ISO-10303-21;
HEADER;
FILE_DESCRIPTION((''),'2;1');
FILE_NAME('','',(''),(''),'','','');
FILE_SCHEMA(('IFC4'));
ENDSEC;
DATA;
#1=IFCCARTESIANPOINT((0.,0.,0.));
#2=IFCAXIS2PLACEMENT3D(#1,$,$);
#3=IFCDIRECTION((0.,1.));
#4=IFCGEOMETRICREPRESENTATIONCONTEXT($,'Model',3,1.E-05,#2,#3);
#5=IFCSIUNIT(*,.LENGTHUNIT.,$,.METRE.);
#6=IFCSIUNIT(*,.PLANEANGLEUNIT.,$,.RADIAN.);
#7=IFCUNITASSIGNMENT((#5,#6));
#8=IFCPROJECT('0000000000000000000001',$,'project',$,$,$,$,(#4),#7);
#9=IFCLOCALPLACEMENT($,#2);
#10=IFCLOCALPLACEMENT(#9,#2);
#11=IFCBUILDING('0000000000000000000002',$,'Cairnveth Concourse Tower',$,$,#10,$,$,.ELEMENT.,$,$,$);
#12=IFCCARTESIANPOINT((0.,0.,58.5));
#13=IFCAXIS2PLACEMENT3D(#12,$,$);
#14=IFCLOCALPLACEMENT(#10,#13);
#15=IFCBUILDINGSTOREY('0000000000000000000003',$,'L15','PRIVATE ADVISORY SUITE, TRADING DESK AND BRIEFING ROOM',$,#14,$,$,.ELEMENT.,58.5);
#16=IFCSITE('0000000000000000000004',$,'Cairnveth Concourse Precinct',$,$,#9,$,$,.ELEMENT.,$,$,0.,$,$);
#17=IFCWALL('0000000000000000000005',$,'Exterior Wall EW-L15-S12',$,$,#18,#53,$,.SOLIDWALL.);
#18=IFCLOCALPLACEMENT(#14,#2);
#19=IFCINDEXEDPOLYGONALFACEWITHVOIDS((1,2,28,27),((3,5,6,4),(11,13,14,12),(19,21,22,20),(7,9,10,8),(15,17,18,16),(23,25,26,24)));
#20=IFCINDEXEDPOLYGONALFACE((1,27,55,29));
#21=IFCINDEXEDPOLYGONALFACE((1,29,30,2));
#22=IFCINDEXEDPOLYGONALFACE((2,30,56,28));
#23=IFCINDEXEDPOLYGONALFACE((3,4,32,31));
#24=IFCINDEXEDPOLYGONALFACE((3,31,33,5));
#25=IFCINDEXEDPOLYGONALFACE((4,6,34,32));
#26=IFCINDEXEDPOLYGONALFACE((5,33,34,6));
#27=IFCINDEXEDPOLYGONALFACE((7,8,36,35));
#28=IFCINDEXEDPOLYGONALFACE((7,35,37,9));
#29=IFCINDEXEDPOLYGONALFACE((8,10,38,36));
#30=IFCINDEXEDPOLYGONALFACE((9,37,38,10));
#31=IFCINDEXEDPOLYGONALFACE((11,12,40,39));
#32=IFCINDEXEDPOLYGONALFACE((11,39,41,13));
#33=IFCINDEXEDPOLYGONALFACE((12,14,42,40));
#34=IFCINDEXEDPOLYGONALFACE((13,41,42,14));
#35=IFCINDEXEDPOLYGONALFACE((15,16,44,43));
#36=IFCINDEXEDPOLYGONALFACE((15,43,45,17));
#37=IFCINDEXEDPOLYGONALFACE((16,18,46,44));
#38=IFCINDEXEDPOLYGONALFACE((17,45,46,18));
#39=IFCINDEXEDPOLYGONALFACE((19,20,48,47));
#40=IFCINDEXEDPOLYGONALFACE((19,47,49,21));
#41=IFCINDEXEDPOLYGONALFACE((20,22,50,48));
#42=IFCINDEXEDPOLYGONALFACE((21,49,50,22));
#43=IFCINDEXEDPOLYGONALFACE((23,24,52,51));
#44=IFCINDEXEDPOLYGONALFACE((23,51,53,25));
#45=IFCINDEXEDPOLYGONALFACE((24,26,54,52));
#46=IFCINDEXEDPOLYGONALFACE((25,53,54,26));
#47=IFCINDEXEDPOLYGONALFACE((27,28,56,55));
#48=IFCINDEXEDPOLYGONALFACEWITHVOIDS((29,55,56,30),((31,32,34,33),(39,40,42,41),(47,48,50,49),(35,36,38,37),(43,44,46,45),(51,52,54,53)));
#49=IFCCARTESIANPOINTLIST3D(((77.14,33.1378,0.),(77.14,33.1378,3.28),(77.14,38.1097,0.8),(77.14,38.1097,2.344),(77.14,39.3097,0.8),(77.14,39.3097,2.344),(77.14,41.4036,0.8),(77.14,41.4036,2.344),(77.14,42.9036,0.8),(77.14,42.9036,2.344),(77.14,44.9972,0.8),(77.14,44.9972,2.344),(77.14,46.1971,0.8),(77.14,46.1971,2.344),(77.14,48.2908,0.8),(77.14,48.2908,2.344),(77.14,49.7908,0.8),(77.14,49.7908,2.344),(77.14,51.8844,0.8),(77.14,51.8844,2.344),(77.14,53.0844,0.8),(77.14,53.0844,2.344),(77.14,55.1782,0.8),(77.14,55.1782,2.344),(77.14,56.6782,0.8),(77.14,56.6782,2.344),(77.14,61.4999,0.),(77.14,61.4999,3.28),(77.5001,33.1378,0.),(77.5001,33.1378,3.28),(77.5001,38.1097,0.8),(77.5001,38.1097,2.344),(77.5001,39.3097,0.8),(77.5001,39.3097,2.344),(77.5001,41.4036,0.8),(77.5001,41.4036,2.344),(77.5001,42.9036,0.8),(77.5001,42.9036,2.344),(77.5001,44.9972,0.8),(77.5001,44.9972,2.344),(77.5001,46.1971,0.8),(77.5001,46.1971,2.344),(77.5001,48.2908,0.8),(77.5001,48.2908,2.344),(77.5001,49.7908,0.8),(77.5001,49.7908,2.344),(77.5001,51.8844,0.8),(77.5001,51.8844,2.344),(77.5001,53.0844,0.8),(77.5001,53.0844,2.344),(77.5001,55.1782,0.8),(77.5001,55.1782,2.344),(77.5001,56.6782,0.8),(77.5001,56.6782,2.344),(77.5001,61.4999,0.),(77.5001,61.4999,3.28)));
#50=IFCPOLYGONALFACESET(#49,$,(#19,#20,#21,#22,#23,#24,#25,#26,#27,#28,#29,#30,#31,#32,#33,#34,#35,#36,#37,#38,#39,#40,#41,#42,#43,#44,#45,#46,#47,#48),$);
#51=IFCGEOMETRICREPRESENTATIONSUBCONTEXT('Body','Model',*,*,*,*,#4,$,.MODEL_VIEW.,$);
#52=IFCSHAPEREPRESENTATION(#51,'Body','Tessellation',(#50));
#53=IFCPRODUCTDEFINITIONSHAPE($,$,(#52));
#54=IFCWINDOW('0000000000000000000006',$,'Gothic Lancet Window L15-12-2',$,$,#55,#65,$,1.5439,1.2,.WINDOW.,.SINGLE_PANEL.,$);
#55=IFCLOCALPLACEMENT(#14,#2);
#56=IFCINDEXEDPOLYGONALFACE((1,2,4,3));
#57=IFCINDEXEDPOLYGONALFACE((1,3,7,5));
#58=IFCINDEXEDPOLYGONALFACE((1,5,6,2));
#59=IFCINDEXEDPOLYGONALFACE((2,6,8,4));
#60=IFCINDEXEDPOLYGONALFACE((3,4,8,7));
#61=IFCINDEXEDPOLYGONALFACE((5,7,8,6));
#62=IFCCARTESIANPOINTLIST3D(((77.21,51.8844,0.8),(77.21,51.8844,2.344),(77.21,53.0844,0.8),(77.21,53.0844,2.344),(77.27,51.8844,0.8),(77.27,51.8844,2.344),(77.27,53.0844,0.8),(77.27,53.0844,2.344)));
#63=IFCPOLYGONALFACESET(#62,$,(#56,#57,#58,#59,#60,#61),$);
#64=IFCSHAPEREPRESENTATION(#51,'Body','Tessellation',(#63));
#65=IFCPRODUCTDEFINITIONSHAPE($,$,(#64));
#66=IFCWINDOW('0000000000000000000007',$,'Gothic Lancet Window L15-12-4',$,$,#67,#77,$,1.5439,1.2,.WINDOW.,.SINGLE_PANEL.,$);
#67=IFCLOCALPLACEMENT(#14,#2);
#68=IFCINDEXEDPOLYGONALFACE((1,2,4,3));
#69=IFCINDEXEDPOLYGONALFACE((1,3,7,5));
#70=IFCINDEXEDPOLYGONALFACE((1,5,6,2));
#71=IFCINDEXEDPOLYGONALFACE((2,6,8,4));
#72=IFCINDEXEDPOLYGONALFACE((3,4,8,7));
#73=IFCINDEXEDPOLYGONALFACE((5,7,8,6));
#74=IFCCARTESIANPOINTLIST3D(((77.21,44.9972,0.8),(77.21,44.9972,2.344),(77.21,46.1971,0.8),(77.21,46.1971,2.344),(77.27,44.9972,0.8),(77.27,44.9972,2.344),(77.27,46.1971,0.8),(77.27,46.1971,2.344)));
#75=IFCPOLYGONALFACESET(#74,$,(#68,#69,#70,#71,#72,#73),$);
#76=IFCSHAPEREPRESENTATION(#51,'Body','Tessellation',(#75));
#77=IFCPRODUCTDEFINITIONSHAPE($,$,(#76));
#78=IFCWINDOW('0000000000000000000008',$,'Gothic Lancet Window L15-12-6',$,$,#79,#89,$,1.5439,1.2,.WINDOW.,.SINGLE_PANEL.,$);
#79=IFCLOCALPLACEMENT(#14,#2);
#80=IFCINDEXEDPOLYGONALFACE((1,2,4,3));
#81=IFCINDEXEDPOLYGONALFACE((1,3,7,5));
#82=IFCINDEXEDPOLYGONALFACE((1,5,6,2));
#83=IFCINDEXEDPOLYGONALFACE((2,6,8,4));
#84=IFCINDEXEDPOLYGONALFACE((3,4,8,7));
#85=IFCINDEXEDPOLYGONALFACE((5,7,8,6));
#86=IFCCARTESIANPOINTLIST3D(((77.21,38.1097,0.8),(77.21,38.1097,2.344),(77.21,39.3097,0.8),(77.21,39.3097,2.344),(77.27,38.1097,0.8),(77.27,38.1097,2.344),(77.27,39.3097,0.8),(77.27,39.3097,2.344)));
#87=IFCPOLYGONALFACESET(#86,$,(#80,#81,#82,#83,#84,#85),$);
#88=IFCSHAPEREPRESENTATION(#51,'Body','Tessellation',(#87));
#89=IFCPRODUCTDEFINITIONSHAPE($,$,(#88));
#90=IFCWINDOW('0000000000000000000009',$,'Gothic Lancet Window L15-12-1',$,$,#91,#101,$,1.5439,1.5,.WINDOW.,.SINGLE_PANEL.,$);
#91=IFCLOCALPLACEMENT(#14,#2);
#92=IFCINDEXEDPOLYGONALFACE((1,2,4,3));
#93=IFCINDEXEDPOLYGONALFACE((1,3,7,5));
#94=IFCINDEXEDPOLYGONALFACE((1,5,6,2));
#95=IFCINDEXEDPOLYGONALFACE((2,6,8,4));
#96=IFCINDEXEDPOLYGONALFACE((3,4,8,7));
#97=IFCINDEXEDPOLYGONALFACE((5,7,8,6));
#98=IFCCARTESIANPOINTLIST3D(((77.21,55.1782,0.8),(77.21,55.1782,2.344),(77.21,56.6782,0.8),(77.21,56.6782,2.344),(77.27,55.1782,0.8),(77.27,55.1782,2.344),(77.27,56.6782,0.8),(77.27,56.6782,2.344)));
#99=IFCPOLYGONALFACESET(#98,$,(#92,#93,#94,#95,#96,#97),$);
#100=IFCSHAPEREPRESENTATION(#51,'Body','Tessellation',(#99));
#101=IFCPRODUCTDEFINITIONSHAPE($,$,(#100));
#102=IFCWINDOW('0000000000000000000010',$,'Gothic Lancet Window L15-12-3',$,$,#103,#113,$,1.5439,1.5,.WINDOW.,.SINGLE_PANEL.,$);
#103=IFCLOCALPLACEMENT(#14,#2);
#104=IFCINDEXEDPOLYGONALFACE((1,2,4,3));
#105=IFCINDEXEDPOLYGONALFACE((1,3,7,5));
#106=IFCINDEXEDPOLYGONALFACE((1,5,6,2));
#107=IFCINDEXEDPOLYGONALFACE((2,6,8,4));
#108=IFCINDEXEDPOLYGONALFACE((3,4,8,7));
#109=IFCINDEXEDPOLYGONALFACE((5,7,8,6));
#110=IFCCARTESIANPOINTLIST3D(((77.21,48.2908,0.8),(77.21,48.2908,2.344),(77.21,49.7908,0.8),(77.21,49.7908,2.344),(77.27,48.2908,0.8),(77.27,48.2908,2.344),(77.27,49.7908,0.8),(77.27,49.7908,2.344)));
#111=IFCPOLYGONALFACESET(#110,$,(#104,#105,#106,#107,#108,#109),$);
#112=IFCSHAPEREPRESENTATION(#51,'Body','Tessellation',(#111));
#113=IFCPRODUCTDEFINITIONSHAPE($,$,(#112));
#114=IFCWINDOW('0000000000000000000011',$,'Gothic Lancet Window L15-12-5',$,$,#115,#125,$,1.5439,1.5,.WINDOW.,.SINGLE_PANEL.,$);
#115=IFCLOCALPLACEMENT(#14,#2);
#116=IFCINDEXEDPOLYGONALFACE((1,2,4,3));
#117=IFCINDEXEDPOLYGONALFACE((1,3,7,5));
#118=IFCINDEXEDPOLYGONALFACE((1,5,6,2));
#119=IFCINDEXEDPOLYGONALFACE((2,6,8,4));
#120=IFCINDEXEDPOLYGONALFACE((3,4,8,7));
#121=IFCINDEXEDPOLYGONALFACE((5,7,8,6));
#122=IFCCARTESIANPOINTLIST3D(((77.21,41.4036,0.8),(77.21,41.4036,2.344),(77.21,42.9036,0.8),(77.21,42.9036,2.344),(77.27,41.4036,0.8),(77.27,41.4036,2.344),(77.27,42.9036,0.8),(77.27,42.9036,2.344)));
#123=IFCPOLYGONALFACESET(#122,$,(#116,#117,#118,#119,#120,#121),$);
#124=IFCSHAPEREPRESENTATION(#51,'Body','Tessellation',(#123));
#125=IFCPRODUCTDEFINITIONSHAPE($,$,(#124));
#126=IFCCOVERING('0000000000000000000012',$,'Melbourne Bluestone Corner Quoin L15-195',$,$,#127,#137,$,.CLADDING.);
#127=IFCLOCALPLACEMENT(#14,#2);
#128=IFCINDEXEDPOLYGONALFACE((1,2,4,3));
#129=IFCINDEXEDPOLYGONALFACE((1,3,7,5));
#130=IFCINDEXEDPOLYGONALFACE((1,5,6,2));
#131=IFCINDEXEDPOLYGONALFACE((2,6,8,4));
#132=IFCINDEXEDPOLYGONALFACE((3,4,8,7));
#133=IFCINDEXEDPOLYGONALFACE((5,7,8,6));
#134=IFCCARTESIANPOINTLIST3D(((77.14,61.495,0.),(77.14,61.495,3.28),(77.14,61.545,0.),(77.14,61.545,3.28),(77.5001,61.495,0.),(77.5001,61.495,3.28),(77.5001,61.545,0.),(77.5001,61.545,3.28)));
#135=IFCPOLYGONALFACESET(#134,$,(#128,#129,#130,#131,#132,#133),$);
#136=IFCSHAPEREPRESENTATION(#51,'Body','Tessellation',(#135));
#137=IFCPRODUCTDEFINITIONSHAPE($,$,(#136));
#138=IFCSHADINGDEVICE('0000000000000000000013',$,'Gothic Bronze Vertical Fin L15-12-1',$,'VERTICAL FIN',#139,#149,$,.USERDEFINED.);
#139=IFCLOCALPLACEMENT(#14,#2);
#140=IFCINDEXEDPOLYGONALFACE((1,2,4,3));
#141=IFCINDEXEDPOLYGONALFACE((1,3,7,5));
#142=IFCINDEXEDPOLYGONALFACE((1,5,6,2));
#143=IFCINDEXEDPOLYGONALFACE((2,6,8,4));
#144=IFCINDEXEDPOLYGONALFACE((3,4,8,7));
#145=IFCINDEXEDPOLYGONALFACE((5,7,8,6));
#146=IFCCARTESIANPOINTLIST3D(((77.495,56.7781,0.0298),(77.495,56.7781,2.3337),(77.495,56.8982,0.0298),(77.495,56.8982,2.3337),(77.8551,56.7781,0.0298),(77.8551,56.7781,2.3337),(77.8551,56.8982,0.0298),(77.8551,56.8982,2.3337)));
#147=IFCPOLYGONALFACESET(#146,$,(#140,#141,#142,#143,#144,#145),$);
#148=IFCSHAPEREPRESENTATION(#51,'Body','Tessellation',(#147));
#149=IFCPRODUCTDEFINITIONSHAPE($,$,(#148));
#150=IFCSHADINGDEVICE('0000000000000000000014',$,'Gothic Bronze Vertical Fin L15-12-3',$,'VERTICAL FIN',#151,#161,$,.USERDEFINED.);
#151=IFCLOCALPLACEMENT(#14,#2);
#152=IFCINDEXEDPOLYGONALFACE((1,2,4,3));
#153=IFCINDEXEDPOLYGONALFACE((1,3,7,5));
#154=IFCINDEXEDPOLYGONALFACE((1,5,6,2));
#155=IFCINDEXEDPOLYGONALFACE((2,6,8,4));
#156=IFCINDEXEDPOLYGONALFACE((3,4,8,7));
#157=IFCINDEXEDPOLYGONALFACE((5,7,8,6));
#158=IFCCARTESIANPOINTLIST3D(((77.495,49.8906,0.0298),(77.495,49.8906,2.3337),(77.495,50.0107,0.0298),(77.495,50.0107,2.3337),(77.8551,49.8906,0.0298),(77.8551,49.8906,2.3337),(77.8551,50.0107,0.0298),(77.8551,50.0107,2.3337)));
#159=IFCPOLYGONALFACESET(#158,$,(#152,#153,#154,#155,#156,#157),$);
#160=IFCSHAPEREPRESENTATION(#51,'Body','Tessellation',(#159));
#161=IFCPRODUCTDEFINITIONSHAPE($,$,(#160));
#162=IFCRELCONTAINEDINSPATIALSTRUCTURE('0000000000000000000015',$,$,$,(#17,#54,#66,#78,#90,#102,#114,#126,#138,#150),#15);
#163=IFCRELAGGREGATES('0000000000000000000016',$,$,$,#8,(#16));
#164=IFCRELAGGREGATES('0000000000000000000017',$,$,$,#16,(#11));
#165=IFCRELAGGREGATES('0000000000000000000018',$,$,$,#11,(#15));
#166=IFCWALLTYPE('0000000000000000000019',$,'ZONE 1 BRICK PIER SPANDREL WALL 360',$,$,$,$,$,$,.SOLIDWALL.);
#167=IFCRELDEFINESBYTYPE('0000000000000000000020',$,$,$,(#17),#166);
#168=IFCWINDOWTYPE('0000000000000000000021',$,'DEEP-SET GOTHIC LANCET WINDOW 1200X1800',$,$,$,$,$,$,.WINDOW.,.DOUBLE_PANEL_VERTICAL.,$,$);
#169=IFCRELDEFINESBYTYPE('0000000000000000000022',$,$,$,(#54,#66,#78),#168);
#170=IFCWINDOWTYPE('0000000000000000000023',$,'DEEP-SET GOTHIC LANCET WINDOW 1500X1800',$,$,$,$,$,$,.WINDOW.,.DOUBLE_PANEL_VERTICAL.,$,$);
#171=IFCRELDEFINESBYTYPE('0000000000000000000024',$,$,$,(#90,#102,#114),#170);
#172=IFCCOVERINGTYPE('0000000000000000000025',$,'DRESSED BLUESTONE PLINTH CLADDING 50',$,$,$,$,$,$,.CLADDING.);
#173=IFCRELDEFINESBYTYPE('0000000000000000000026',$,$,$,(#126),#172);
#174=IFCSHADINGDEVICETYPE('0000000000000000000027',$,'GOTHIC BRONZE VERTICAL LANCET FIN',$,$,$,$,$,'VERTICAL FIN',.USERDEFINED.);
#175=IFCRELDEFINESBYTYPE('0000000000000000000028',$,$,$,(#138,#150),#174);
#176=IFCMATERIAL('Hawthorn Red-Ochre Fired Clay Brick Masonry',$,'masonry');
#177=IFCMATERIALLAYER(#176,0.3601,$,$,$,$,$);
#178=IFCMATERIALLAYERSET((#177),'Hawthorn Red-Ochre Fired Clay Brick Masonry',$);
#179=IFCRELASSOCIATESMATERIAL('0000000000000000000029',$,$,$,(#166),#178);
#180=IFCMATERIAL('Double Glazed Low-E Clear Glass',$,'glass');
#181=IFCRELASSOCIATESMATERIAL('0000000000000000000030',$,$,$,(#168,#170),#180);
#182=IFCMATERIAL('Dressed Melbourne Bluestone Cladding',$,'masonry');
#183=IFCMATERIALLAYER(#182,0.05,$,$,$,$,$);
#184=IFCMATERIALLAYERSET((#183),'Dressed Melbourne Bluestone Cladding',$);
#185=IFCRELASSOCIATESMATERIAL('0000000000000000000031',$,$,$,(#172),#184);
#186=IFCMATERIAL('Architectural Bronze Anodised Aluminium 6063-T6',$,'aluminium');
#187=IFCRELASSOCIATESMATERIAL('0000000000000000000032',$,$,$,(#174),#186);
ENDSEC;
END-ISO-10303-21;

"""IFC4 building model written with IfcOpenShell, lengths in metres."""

from ifc_helpers import new_model, si_unit, direction, frame, frame_2d, origin, origin_2d, place, context, subcontext, project, spatial, rectangle, extrude, material, layer, layer_set, type_object, element, fill, save


model = new_model("IFC4")

# Units and contexts
model_context = context("Model", 3, precision=1e-05, world=origin(), true_north=direction((0.0, 1.0)))
body_context = subcontext(model_context, "Body", "Model", "MODEL_VIEW")
ifc_project = project(units=[si_unit("LENGTHUNIT", "METRE"), si_unit("PLANEANGLEUNIT", "RADIAN")], contexts=[model_context])

# Site, building, storey
site_placement = place(None, origin())
site = spatial("IfcSite", under=ifc_project, at=site_placement, Name="Cairnveth Concourse Precinct", CompositionType="ELEMENT", RefElevation=0.0)
building_placement = place(site_placement, origin())
building = spatial("IfcBuilding", under=site, at=building_placement, Name="Cairnveth Concourse Tower", CompositionType="ELEMENT")
storey_placement = place(building_placement, frame((0.0, 0.0, 58.5)))
storey = spatial("IfcBuildingStorey", under=building, at=storey_placement, Name="L15", Description="PRIVATE ADVISORY SUITE, TRADING DESK AND BRIEFING ROOM", CompositionType="ELEMENT", Elevation=58.5)

# Shared definitions
ifc_material_1 = material(Name="Hawthorn Red-Ochre Fired Clay Brick Masonry", Category="masonry")
ifc_layer_1 = layer(ifc_material_1, 0.3601)
ifc_layer_set_1 = layer_set([ifc_layer_1], Name="Hawthorn Red-Ochre Fired Clay Brick Masonry")
wall_type = type_object("IfcWallType", Name="ZONE 1 BRICK PIER SPANDREL WALL 360", PredefinedType="SOLIDWALL", material=ifc_layer_set_1)

# Wall, openings, windows
wall_1_placement = place(storey_placement, frame((77.3201, 61.5, 0.0), z_axis=(0.0, 0.0, 1.0), x_axis=(0.0, -1.0, 0.0)))
wall_1 = element("IfcWall", 1, at=wall_1_placement, inside=storey, type_object=wall_type, Name="Exterior Wall EW-L15-S12", PredefinedType="SOLIDWALL", context=body_context, shape_type="SweptSolid", body=[
    extrude(rectangle(XDim=28.3621, YDim=0.3601, at=frame_2d((14.1812, 0.0))), origin(), (0.0, 0.0, 1.0), 3.28),
])
opening_1_placement = place(wall_1_placement, frame((4.8218, 0.0, 0.8)))
opening_1 = element("IfcOpeningElement", 2, at=opening_1_placement, cuts=wall_1, PredefinedType="OPENING", context=body_context, shape_type="SweptSolid", body=[
    extrude(rectangle(XDim=1.5, YDim=1.5439, at=frame_2d((0.75, 0.772))), frame((0.0, 0.1899, 0.0), z_axis=(0.0, -1.0, 0.0), x_axis=(1.0, 0.0, 0.0)), (0.0, 0.0, 1.0), 0.3801),
])
opening_2_placement = place(wall_1_placement, frame((8.4155, 0.0, 0.8)))
opening_2 = element("IfcOpeningElement", 3, at=opening_2_placement, cuts=wall_1, PredefinedType="OPENING", context=body_context, shape_type="SweptSolid", body=[
    extrude(rectangle(XDim=1.2, YDim=1.5439, at=frame_2d((0.6001, 0.772))), frame((0.0, 0.1899, 0.0), z_axis=(0.0, -1.0, 0.0), x_axis=(1.0, 0.0, 0.0)), (0.0, 0.0, 1.0), 0.3801),
])
opening_3_placement = place(wall_1_placement, frame((11.7092, 0.0, 0.8)))
opening_3 = element("IfcOpeningElement", 4, at=opening_3_placement, cuts=wall_1, PredefinedType="OPENING", context=body_context, shape_type="SweptSolid", body=[
    extrude(rectangle(XDim=1.5, YDim=1.5439, at=frame_2d((0.75, 0.772))), frame((0.0, 0.1899, 0.0), z_axis=(0.0, -1.0, 0.0), x_axis=(1.0, 0.0, 0.0)), (0.0, 0.0, 1.0), 0.3801),
])
opening_4_placement = place(wall_1_placement, frame((15.3027, 0.0, 0.8)))
opening_4 = element("IfcOpeningElement", 5, at=opening_4_placement, cuts=wall_1, PredefinedType="OPENING", context=body_context, shape_type="SweptSolid", body=[
    extrude(rectangle(XDim=1.2, YDim=1.5439, at=frame_2d((0.6001, 0.772))), frame((0.0, 0.1899, 0.0), z_axis=(0.0, -1.0, 0.0), x_axis=(1.0, 0.0, 0.0)), (0.0, 0.0, 1.0), 0.3801),
])
opening_5_placement = place(wall_1_placement, frame((18.5964, 0.0, 0.8)))
opening_5 = element("IfcOpeningElement", 6, at=opening_5_placement, cuts=wall_1, PredefinedType="OPENING", context=body_context, shape_type="SweptSolid", body=[
    extrude(rectangle(XDim=1.5, YDim=1.5439, at=frame_2d((0.75, 0.772))), frame((0.0, 0.1899, 0.0), z_axis=(0.0, -1.0, 0.0), x_axis=(1.0, 0.0, 0.0)), (0.0, 0.0, 1.0), 0.3801),
])
opening_6_placement = place(wall_1_placement, frame((22.1902, 0.0, 0.8)))
opening_6 = element("IfcOpeningElement", 7, at=opening_6_placement, cuts=wall_1, PredefinedType="OPENING", context=body_context, shape_type="SweptSolid", body=[
    extrude(rectangle(XDim=1.2, YDim=1.5439, at=frame_2d((0.6001, 0.772))), frame((0.0, 0.1899, 0.0), z_axis=(0.0, -1.0, 0.0), x_axis=(1.0, 0.0, 0.0)), (0.0, 0.0, 1.0), 0.3801),
])
ifc_material_2 = material(Name="Double Glazed Low-E Clear Glass", Category="glass")
window_type_1 = type_object("IfcWindowType", Name="DEEP-SET GOTHIC LANCET WINDOW 1200X1800", PartitioningType="DOUBLE_PANEL_VERTICAL", PredefinedType="WINDOW", material=ifc_material_2)
window_1_placement = place(opening_2_placement, origin())
window_1 = element("IfcWindow", 8, at=window_1_placement, inside=storey, type_object=window_type_1, Name="Gothic Lancet Window L15-12-2", OverallHeight=1.5439, OverallWidth=1.2, PartitioningType="SINGLE_PANEL", PredefinedType="WINDOW", context=body_context, shape_type="SweptSolid", body=[
    extrude(rectangle(XDim=1.2, YDim=1.5439, at=frame_2d((0.6001, 0.772))), frame((0.0, -0.05, 0.0), z_axis=(0.0, -1.0, 0.0), x_axis=(1.0, 0.0, 0.0)), (0.0, 0.0, 1.0), 0.0601),
])
fill(opening_2, window_1)
window_2_placement = place(opening_4_placement, origin())
window_2 = element("IfcWindow", 9, at=window_2_placement, inside=storey, type_object=window_type_1, Name="Gothic Lancet Window L15-12-4", OverallHeight=1.5439, OverallWidth=1.2, PartitioningType="SINGLE_PANEL", PredefinedType="WINDOW", context=body_context, shape_type="SweptSolid", body=[
    extrude(rectangle(XDim=1.2, YDim=1.5439, at=frame_2d((0.6001, 0.772))), frame((0.0, -0.05, 0.0), z_axis=(0.0, -1.0, 0.0), x_axis=(1.0, 0.0, 0.0)), (0.0, 0.0, 1.0), 0.0601),
])
fill(opening_4, window_2)
window_3_placement = place(opening_6_placement, origin())
window_3 = element("IfcWindow", 10, at=window_3_placement, inside=storey, type_object=window_type_1, Name="Gothic Lancet Window L15-12-6", OverallHeight=1.5439, OverallWidth=1.2, PartitioningType="SINGLE_PANEL", PredefinedType="WINDOW", context=body_context, shape_type="SweptSolid", body=[
    extrude(rectangle(XDim=1.2, YDim=1.5439, at=frame_2d((0.6001, 0.772))), frame((0.0, -0.05, 0.0), z_axis=(0.0, -1.0, 0.0), x_axis=(1.0, 0.0, 0.0)), (0.0, 0.0, 1.0), 0.0601),
])
fill(opening_6, window_3)
window_type_2 = type_object("IfcWindowType", Name="DEEP-SET GOTHIC LANCET WINDOW 1500X1800", PartitioningType="DOUBLE_PANEL_VERTICAL", PredefinedType="WINDOW", material=ifc_material_2)
window_4_placement = place(opening_1_placement, origin())
window_4 = element("IfcWindow", 11, at=window_4_placement, inside=storey, type_object=window_type_2, Name="Gothic Lancet Window L15-12-1", OverallHeight=1.5439, OverallWidth=1.5, PartitioningType="SINGLE_PANEL", PredefinedType="WINDOW", context=body_context, shape_type="SweptSolid", body=[
    extrude(rectangle(XDim=1.5, YDim=1.5439, at=frame_2d((0.75, 0.772))), frame((0.0, -0.05, 0.0), z_axis=(0.0, -1.0, 0.0), x_axis=(1.0, 0.0, 0.0)), (0.0, 0.0, 1.0), 0.0601),
])
fill(opening_1, window_4)
window_5_placement = place(opening_3_placement, origin())
window_5 = element("IfcWindow", 12, at=window_5_placement, inside=storey, type_object=window_type_2, Name="Gothic Lancet Window L15-12-3", OverallHeight=1.5439, OverallWidth=1.5, PartitioningType="SINGLE_PANEL", PredefinedType="WINDOW", context=body_context, shape_type="SweptSolid", body=[
    extrude(rectangle(XDim=1.5, YDim=1.5439, at=frame_2d((0.75, 0.772))), frame((0.0, -0.05, 0.0), z_axis=(0.0, -1.0, 0.0), x_axis=(1.0, 0.0, 0.0)), (0.0, 0.0, 1.0), 0.0601),
])
fill(opening_3, window_5)
window_6_placement = place(opening_5_placement, origin())
window_6 = element("IfcWindow", 13, at=window_6_placement, inside=storey, type_object=window_type_2, Name="Gothic Lancet Window L15-12-5", OverallHeight=1.5439, OverallWidth=1.5, PartitioningType="SINGLE_PANEL", PredefinedType="WINDOW", context=body_context, shape_type="SweptSolid", body=[
    extrude(rectangle(XDim=1.5, YDim=1.5439, at=frame_2d((0.75, 0.772))), frame((0.0, -0.05, 0.0), z_axis=(0.0, -1.0, 0.0), x_axis=(1.0, 0.0, 0.0)), (0.0, 0.0, 1.0), 0.0601),
])
fill(opening_5, window_6)

# Covering
ifc_material_3 = material(Name="Dressed Melbourne Bluestone Cladding", Category="masonry")
ifc_layer_2 = layer(ifc_material_3, 0.05)
ifc_layer_set_2 = layer_set([ifc_layer_2], Name="Dressed Melbourne Bluestone Cladding")
covering_type = type_object("IfcCoveringType", Name="DRESSED BLUESTONE PLINTH CLADDING 50", PredefinedType="CLADDING", material=ifc_layer_set_2)
covering_placement = place(storey_placement, frame((77.1399, 61.52, 0.0), z_axis=(0.0, 0.0, 1.0), x_axis=(1.0, 0.0, 0.0)))
element("IfcCovering", 14, at=covering_placement, inside=storey, type_object=covering_type, Name="Melbourne Bluestone Corner Quoin L15-195", PredefinedType="CLADDING", context=body_context, shape_type="SweptSolid", body=[
    extrude(rectangle(XDim=0.3601, YDim=0.05, at=frame_2d((0.1802, 0.0))), origin(), (0.0, 0.0, 1.0), 3.28),
])

# Shading devices
ifc_material_4 = material(Name="Architectural Bronze Anodised Aluminium 6063-T6", Category="aluminium")
shading_device_type = type_object("IfcShadingDeviceType", Name="GOTHIC BRONZE VERTICAL LANCET FIN", ElementType="VERTICAL FIN", PredefinedType="USERDEFINED", material=ifc_material_4)
for number, where, z_axis, x_axis, name in (
    (15, (77.675, 56.8381, 0.0298), (0.0, 0.0, 1.0), (0.0, 1.0, 0.0), "Gothic Bronze Vertical Fin L15-12-1"),
    (16, (77.675, 49.9507, 0.0298), (0.0, 0.0, 1.0), (0.0, 1.0, 0.0), "Gothic Bronze Vertical Fin L15-12-3"),
):
    element("IfcShadingDevice", number, at=place(storey_placement, frame(where, z_axis=z_axis, x_axis=x_axis)), inside=storey, type_object=shading_device_type, Name=name, ObjectType="VERTICAL FIN", PredefinedType="USERDEFINED", context=body_context, shape_type="SweptSolid", body=[
        extrude(rectangle(XDim=0.1201, YDim=0.3601, at=origin_2d()), origin(), (0.0, 0.0, 1.0), 2.304),
    ])

save(model, "model.ifc")
